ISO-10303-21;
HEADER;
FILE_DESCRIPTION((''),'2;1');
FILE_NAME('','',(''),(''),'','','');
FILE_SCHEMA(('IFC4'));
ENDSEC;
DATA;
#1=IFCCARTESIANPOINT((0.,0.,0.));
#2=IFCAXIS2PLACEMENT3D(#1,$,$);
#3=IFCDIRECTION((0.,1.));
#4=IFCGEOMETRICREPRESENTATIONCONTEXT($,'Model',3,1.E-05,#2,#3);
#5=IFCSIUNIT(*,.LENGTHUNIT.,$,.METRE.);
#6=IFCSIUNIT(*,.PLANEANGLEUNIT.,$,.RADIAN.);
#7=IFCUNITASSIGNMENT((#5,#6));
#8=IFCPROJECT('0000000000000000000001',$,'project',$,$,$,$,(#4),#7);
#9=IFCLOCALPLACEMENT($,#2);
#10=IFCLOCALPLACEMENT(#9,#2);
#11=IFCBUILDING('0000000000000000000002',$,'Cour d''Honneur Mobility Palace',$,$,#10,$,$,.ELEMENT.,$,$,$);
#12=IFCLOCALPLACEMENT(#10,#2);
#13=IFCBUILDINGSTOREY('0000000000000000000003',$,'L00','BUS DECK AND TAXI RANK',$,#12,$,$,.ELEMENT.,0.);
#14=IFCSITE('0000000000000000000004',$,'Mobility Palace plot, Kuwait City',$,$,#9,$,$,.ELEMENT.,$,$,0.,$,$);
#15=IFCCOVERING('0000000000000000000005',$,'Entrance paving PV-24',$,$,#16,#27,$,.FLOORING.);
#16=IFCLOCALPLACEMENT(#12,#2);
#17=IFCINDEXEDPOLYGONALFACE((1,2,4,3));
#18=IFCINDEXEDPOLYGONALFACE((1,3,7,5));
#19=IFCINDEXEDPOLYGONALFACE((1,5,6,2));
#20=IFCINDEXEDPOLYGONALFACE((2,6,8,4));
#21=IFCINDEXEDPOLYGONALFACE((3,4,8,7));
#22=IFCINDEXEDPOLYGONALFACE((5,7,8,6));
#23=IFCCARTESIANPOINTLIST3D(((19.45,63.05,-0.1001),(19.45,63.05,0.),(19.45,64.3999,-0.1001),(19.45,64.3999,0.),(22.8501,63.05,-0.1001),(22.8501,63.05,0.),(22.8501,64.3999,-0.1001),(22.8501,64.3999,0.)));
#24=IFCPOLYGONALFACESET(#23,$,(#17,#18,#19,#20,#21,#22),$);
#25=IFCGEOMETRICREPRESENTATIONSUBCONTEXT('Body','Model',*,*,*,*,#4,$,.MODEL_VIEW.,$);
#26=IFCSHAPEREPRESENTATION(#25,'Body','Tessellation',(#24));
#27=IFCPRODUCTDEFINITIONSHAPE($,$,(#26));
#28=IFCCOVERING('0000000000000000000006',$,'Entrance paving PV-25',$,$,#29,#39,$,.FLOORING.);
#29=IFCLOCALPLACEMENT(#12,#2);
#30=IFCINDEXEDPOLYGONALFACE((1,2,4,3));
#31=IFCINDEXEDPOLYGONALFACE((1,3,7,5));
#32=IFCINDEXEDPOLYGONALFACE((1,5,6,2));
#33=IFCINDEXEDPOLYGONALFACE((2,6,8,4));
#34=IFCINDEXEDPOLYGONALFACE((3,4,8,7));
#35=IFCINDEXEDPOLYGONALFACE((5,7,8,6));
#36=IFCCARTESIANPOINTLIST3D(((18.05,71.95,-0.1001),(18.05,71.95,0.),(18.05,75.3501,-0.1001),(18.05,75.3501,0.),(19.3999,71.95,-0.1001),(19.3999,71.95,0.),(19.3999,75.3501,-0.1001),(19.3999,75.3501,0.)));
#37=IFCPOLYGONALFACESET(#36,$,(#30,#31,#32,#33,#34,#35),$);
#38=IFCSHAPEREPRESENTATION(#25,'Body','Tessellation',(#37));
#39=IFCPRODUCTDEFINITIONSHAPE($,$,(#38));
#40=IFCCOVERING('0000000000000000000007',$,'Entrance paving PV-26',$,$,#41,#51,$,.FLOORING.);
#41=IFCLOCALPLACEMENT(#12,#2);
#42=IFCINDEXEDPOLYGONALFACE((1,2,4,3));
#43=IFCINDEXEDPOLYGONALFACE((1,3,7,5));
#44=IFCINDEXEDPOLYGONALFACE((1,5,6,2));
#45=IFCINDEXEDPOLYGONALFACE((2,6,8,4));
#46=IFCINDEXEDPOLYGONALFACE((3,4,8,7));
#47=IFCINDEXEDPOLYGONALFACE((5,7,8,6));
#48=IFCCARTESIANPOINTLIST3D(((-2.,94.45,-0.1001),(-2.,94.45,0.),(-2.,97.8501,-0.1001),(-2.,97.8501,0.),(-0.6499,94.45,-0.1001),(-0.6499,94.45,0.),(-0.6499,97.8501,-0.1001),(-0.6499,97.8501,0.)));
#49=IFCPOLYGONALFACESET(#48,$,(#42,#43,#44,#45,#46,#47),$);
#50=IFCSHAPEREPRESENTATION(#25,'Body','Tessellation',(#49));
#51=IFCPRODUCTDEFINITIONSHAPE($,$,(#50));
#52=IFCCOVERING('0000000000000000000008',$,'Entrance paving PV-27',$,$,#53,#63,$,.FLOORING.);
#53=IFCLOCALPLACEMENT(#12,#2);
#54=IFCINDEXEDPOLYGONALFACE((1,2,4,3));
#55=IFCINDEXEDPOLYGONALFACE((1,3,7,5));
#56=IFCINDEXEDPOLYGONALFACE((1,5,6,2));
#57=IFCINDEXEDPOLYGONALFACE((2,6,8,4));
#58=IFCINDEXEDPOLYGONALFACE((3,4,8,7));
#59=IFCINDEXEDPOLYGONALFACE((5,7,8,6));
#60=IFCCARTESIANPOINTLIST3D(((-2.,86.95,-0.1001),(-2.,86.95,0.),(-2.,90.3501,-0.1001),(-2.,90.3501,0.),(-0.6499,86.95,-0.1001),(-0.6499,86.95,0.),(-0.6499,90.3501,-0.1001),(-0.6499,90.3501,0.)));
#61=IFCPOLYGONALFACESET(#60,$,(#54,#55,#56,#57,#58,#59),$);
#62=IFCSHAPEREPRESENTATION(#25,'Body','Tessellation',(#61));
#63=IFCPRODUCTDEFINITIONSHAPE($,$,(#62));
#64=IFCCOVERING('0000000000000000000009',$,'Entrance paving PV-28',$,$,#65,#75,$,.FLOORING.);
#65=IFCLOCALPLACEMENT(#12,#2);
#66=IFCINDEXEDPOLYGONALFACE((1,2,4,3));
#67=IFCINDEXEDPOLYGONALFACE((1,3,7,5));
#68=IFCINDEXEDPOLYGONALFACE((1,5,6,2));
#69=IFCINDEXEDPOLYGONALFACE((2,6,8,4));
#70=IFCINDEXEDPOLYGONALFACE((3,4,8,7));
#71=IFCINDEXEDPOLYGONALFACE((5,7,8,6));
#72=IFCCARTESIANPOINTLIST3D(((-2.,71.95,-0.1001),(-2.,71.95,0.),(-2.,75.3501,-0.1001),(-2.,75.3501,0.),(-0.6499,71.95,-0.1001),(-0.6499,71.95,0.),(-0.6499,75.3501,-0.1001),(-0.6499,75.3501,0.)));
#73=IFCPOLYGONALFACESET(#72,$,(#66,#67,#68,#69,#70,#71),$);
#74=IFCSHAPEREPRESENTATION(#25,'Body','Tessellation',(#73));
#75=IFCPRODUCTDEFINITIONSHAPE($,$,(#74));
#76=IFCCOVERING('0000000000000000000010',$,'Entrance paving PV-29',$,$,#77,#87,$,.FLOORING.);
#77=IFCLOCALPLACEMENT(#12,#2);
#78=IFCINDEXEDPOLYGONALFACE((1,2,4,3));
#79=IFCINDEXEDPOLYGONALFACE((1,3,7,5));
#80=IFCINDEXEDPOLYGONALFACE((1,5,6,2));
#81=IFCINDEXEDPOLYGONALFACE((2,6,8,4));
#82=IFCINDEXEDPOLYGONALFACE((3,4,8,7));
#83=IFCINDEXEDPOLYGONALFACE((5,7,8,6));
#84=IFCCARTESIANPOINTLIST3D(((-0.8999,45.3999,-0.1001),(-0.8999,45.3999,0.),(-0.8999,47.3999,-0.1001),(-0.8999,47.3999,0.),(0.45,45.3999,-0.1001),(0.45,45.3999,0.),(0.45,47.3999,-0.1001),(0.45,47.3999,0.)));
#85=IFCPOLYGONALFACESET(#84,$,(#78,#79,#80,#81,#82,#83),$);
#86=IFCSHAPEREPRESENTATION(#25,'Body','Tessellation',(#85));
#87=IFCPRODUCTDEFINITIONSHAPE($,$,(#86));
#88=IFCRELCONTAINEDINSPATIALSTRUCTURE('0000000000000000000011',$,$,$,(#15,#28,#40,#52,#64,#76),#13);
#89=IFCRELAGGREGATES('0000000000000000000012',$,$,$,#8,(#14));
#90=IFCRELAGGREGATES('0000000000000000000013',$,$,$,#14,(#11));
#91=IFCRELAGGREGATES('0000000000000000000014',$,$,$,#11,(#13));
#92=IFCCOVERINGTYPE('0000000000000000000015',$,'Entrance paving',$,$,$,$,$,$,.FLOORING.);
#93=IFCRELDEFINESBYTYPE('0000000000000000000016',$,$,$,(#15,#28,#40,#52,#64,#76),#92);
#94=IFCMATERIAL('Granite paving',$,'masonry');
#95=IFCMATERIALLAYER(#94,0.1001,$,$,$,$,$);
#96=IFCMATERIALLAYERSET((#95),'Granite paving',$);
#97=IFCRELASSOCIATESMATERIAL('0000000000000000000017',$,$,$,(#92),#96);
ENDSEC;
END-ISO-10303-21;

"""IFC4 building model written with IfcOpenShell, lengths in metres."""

from ifc_helpers import new_model, si_unit, direction, frame, origin, place, context, subcontext, project, spatial, polyline, outline, extrude, material, layer, layer_set, type_object, element, save


model = new_model("IFC4")

# Units and contexts
model_context = context("Model", 3, precision=1e-05, world=origin(), true_north=direction((0.0, 1.0)))
body_context = subcontext(model_context, "Body", "Model", "MODEL_VIEW")
ifc_project = project(units=[si_unit("LENGTHUNIT", "METRE"), si_unit("PLANEANGLEUNIT", "RADIAN")], contexts=[model_context])

# Site, building, storey
site_placement = place(None, origin())
site = spatial("IfcSite", under=ifc_project, at=site_placement, Name="Mobility Palace plot, Kuwait City", CompositionType="ELEMENT", RefElevation=0.0)
building_placement = place(site_placement, origin())
building = spatial("IfcBuilding", under=site, at=building_placement, Name="Cour d'Honneur Mobility Palace", CompositionType="ELEMENT")
storey_placement = place(building_placement, origin())
storey = spatial("IfcBuildingStorey", under=building, at=storey_placement, Name="L00", Description="BUS DECK AND TAXI RANK", CompositionType="ELEMENT", Elevation=0.0)

# Coverings
ifc_material_1 = material(Name="Granite paving", Category="masonry")
ifc_layer_1 = layer(ifc_material_1, 0.1001)
ifc_layer_set_1 = layer_set([ifc_layer_1], Name="Granite paving")
covering_type = type_object("IfcCoveringType", Name="Entrance paving", PredefinedType="FLOORING", material=ifc_layer_set_1)
covering_1_placement = place(storey_placement, frame((0.0, 0.0, -0.1001)))
element("IfcCovering", 1, at=covering_1_placement, inside=storey, type_object=covering_type, Name="Entrance paving PV-24", PredefinedType="FLOORING", context=body_context, shape_type="SweptSolid", body=[
    extrude(outline(polyline([(22.8501, 63.05), (19.45, 63.05), (19.45, 64.3999), (22.8501, 64.3999), (22.8501, 63.05)])), origin(), (0.0, 0.0, 1.0), 0.1001),
])
covering_2_placement = place(storey_placement, frame((0.0, 0.0, -0.1001)))
element("IfcCovering", 2, at=covering_2_placement, inside=storey, type_object=covering_type, Name="Entrance paving PV-25", PredefinedType="FLOORING", context=body_context, shape_type="SweptSolid", body=[
    extrude(outline(polyline([(18.05, 71.95), (18.05, 75.3501), (19.3999, 75.3501), (19.3999, 71.95), (18.05, 71.95)])), origin(), (0.0, 0.0, 1.0), 0.1001),
])
covering_3_placement = place(storey_placement, frame((0.0, 0.0, -0.1001)))
element("IfcCovering", 3, at=covering_3_placement, inside=storey, type_object=covering_type, Name="Entrance paving PV-26", PredefinedType="FLOORING", context=body_context, shape_type="SweptSolid", body=[
    extrude(outline(polyline([(-0.6499, 97.8501), (-0.6499, 94.45), (-2.0, 94.45), (-2.0, 97.8501), (-0.6499, 97.8501)])), origin(), (0.0, 0.0, 1.0), 0.1001),
])
covering_4_placement = place(storey_placement, frame((0.0, 0.0, -0.1001)))
element("IfcCovering", 4, at=covering_4_placement, inside=storey, type_object=covering_type, Name="Entrance paving PV-27", PredefinedType="FLOORING", context=body_context, shape_type="SweptSolid", body=[
    extrude(outline(polyline([(-0.6499, 90.3501), (-0.6499, 86.95), (-2.0, 86.95), (-2.0, 90.3501), (-0.6499, 90.3501)])), origin(), (0.0, 0.0, 1.0), 0.1001),
])
covering_5_placement = place(storey_placement, frame((0.0, 0.0, -0.1001)))
element("IfcCovering", 5, at=covering_5_placement, inside=storey, type_object=covering_type, Name="Entrance paving PV-28", PredefinedType="FLOORING", context=body_context, shape_type="SweptSolid", body=[
    extrude(outline(polyline([(-0.6499, 75.3501), (-0.6499, 71.95), (-2.0, 71.95), (-2.0, 75.3501), (-0.6499, 75.3501)])), origin(), (0.0, 0.0, 1.0), 0.1001),
])
covering_6_placement = place(storey_placement, frame((0.0, 0.0, -0.1001)))
element("IfcCovering", 6, at=covering_6_placement, inside=storey, type_object=covering_type, Name="Entrance paving PV-29", PredefinedType="FLOORING", context=body_context, shape_type="SweptSolid", body=[
    extrude(outline(polyline([(-0.8999, 45.3999), (0.45, 45.3999), (0.45, 47.3999), (-0.8999, 47.3999), (-0.8999, 45.3999)])), origin(), (0.0, 0.0, 1.0), 0.1001),
])

save(model, "model.ifc")
